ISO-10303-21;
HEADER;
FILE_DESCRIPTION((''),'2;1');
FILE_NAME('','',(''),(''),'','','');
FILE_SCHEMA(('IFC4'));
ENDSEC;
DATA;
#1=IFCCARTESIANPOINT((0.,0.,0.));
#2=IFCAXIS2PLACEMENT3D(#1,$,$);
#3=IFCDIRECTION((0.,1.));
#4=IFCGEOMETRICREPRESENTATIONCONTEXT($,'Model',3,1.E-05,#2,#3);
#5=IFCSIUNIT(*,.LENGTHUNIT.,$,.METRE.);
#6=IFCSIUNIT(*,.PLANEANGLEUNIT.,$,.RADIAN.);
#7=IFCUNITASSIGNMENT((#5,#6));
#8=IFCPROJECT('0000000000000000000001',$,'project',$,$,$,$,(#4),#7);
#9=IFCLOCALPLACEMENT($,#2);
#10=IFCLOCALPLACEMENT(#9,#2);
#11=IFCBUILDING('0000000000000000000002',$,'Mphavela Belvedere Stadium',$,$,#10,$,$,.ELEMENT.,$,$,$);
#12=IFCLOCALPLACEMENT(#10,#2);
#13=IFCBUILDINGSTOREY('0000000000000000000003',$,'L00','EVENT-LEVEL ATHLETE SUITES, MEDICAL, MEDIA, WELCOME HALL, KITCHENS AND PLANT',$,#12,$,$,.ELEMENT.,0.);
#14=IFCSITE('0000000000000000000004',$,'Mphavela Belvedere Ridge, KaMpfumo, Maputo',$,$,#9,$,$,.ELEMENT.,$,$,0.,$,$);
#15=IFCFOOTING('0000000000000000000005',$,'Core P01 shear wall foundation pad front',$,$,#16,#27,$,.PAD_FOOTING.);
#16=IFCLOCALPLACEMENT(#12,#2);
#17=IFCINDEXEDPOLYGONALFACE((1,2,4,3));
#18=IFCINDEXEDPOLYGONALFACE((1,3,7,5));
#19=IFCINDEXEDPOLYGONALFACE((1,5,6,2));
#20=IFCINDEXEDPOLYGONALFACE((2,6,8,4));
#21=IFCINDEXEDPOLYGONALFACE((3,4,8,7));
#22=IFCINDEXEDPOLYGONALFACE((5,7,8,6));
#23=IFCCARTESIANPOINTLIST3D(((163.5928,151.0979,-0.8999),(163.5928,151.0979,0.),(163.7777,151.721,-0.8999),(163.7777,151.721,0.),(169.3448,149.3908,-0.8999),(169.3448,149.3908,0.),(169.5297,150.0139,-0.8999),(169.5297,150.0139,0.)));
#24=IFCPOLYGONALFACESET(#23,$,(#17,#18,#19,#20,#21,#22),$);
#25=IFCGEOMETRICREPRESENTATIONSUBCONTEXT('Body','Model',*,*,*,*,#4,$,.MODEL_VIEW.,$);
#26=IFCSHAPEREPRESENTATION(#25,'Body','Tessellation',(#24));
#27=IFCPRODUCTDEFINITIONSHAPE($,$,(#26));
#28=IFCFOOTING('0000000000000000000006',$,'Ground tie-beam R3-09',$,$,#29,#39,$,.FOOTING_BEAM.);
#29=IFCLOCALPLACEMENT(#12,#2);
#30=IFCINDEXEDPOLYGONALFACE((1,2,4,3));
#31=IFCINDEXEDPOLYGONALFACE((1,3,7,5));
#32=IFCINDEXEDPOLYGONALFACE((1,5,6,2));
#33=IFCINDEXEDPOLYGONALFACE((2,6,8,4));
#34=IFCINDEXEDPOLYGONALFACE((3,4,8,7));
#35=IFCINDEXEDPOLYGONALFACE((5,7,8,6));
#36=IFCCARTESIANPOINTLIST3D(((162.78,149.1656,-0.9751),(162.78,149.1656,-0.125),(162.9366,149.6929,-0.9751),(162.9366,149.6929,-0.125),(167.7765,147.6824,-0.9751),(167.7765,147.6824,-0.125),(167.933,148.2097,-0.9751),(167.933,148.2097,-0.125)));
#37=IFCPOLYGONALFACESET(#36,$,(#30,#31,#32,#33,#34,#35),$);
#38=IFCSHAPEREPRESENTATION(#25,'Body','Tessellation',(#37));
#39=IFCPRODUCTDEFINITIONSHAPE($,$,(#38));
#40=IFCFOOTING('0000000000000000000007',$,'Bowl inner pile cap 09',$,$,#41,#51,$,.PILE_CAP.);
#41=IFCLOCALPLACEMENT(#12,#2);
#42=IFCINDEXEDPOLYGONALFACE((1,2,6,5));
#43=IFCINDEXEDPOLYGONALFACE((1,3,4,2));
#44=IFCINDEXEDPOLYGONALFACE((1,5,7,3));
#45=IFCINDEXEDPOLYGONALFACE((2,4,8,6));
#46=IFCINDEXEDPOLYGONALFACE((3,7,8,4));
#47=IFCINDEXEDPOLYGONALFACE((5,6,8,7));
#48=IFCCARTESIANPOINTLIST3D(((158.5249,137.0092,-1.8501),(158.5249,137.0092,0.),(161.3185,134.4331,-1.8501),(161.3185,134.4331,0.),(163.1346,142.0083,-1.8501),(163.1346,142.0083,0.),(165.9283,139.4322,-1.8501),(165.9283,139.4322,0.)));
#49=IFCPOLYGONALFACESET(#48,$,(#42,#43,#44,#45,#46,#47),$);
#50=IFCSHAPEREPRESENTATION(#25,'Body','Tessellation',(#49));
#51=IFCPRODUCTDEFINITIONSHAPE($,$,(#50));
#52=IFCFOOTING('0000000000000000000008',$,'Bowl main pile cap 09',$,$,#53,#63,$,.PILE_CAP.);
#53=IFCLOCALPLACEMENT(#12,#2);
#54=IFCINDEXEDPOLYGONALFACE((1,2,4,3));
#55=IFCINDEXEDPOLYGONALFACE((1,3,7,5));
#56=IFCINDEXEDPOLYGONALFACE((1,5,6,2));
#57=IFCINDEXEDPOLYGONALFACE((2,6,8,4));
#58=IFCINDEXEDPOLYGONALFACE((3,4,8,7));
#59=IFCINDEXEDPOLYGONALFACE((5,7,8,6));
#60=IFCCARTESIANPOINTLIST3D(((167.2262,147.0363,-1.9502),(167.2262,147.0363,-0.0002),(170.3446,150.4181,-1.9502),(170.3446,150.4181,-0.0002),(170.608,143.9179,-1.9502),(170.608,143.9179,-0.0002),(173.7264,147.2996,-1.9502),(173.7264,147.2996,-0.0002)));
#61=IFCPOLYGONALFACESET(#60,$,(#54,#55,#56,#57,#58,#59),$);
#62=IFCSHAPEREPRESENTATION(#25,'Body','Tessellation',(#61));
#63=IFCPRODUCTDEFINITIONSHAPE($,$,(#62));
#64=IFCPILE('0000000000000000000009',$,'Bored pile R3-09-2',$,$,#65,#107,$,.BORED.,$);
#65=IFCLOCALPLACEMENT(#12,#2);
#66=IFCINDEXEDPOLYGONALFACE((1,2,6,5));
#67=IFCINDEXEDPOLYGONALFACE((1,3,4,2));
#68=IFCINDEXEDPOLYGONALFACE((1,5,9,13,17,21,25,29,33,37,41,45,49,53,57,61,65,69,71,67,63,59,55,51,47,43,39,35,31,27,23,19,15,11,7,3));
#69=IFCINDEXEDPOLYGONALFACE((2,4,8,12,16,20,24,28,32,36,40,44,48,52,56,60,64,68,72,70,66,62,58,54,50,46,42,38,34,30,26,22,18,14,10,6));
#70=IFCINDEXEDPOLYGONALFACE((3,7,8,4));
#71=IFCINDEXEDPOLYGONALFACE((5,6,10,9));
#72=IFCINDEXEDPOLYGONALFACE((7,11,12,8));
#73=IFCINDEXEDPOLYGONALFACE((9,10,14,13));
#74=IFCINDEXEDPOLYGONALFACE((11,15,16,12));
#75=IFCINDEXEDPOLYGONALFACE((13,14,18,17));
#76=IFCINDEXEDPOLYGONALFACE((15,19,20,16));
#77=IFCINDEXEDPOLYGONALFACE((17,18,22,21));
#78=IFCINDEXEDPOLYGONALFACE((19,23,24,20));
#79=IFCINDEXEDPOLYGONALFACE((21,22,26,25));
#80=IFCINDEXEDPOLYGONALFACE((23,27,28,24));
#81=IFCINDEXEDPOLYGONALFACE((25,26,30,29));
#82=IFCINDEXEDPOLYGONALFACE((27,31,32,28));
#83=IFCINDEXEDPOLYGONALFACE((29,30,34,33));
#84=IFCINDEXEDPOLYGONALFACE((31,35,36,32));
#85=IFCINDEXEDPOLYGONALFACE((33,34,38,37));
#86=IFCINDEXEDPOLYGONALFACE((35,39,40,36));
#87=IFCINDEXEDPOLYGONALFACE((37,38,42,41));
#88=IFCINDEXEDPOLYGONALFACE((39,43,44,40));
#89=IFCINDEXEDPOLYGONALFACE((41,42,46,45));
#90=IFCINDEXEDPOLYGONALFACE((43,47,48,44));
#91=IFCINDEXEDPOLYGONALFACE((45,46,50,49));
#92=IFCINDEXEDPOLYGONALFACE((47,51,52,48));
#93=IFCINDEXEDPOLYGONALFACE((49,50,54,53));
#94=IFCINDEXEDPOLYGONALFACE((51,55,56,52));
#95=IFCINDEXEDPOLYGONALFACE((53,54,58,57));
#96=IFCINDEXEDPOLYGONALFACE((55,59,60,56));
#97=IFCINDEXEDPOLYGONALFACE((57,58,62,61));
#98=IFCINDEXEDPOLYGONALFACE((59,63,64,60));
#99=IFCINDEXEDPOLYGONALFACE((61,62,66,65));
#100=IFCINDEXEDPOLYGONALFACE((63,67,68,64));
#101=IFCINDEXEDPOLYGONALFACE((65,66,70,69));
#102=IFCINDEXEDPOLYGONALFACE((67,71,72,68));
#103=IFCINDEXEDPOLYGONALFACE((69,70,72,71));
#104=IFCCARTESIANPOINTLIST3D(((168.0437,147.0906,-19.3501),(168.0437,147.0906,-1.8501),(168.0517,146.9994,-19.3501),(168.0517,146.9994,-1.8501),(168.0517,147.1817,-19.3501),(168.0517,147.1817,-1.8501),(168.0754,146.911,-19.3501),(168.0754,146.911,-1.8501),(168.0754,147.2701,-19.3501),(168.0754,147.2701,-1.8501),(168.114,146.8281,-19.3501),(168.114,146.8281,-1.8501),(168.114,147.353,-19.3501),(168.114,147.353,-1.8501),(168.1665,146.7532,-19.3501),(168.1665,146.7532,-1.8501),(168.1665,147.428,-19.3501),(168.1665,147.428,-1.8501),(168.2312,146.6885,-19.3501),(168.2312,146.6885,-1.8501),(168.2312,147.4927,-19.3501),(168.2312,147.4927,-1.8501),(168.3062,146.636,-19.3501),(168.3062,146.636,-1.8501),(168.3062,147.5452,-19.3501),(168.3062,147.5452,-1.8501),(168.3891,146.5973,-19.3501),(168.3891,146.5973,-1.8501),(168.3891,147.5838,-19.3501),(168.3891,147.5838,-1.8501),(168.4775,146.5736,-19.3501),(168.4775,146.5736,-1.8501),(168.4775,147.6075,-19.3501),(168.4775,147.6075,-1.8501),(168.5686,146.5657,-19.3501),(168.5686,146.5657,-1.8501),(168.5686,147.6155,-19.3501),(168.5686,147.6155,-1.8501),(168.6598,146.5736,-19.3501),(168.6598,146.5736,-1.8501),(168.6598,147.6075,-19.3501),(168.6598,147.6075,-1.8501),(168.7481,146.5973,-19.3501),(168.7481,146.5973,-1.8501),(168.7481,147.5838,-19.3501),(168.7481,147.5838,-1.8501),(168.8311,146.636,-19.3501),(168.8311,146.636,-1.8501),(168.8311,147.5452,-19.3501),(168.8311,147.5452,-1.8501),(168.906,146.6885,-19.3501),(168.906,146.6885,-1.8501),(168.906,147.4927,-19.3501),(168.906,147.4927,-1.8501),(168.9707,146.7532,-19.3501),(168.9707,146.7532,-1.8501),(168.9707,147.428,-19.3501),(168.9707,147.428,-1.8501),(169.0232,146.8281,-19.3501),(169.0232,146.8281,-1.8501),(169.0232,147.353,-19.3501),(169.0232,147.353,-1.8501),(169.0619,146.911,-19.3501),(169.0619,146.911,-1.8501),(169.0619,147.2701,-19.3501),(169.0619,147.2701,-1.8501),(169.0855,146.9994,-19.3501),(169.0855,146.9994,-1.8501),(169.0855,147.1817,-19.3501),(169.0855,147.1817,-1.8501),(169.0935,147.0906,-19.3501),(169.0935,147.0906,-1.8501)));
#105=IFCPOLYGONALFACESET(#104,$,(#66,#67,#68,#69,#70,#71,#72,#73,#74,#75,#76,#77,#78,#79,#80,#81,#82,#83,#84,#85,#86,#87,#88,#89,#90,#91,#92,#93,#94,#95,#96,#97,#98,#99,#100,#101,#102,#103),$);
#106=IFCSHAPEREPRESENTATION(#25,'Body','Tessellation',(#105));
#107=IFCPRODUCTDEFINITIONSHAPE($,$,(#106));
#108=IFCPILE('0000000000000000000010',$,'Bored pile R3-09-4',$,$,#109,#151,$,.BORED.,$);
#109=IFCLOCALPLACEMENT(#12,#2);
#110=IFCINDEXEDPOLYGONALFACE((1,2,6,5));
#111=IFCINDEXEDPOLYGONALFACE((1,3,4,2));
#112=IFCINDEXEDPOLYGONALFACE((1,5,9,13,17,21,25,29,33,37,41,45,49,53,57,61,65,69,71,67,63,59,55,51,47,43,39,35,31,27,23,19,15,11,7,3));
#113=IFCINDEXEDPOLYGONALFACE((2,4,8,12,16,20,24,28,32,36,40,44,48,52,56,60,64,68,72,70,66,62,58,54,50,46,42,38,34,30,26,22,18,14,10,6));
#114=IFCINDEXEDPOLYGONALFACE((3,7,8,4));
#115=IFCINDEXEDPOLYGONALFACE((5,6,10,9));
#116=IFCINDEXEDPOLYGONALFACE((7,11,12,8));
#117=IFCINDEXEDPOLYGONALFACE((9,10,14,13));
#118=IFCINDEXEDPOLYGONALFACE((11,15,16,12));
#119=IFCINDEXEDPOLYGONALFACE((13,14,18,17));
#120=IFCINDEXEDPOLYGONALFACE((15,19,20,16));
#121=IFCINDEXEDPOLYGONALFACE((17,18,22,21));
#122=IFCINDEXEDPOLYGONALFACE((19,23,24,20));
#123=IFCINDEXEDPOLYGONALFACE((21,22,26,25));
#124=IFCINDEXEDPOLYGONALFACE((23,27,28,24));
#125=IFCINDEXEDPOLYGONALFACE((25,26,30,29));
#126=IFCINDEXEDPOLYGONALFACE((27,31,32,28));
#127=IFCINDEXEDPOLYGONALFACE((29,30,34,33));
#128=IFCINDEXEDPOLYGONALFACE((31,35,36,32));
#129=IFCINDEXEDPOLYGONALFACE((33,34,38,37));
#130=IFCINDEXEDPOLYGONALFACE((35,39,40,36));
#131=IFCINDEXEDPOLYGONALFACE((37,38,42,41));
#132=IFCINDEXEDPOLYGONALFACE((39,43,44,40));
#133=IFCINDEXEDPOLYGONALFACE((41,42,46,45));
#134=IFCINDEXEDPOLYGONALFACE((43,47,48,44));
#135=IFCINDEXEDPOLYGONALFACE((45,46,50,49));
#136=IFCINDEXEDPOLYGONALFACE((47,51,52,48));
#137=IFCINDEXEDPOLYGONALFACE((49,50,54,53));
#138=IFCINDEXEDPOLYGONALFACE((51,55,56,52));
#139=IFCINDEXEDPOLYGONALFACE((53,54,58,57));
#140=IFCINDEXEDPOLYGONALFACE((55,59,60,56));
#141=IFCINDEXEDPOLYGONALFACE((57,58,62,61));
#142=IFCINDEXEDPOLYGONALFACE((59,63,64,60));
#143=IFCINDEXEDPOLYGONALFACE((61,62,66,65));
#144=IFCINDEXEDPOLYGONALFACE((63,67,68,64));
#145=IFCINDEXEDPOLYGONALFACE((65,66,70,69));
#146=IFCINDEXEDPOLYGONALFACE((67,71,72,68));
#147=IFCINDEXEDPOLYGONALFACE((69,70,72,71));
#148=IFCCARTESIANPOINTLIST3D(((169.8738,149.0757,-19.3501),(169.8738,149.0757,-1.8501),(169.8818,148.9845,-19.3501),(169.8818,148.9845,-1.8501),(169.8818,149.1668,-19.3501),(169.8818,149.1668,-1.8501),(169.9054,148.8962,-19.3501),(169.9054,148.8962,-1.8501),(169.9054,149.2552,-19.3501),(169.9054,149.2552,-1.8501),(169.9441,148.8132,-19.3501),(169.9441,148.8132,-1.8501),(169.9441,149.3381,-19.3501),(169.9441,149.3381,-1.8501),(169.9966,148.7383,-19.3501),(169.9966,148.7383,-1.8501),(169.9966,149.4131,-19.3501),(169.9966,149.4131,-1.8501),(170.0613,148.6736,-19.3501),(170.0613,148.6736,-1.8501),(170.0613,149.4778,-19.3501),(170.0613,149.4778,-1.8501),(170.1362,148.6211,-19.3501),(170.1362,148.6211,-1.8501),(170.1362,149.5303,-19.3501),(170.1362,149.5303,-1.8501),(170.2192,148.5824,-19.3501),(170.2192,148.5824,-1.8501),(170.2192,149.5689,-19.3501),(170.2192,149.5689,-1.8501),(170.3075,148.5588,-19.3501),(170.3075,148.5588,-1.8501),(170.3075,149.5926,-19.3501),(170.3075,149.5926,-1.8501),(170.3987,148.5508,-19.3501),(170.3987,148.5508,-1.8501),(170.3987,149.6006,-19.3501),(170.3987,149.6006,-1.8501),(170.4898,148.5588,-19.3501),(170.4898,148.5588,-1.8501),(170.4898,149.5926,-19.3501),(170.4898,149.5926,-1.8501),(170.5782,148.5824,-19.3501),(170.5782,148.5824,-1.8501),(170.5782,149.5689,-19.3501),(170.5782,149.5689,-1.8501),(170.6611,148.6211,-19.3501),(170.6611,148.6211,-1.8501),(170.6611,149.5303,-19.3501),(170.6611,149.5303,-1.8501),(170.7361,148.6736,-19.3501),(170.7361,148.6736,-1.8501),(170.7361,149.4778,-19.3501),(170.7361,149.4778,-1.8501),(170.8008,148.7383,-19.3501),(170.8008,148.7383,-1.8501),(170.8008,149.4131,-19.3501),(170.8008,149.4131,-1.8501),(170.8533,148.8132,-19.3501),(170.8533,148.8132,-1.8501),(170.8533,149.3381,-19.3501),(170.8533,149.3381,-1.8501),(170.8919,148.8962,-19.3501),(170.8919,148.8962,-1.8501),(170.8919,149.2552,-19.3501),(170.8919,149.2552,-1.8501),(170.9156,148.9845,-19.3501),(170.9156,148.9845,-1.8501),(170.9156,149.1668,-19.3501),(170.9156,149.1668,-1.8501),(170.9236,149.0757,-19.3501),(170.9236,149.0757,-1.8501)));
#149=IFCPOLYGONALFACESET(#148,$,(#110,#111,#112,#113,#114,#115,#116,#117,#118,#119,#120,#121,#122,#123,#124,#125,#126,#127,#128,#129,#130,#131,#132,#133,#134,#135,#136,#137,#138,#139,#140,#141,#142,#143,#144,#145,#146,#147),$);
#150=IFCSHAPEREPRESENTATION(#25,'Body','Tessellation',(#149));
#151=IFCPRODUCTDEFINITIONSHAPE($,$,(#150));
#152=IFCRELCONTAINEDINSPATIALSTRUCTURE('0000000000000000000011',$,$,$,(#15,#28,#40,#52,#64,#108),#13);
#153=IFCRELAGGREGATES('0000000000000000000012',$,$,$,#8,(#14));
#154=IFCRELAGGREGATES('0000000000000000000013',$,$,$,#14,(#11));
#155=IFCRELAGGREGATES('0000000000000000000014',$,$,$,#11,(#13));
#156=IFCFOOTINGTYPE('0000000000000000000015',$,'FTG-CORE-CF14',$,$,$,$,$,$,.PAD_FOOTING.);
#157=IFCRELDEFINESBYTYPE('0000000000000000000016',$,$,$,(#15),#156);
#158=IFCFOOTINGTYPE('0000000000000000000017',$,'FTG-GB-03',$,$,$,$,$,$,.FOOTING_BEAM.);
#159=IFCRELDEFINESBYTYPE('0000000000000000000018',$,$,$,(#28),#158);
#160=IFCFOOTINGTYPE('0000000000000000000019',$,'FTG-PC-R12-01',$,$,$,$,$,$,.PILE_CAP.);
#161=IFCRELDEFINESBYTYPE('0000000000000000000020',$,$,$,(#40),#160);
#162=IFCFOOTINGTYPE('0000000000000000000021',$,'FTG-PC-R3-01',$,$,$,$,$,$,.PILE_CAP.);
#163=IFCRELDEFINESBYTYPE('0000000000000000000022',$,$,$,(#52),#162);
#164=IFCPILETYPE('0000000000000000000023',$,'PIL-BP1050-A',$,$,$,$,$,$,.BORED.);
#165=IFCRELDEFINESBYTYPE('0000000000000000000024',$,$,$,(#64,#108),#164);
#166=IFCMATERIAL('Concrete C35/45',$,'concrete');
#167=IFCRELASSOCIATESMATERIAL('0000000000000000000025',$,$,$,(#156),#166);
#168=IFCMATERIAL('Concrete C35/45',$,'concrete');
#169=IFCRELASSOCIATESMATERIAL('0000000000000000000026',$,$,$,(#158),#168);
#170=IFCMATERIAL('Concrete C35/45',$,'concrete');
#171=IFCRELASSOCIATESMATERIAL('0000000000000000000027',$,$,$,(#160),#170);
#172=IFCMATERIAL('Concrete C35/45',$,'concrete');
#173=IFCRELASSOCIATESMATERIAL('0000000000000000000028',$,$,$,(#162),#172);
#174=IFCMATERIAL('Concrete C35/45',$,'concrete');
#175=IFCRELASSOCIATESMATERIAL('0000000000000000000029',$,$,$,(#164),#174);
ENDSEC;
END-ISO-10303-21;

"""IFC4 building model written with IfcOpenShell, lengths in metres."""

from ifc_helpers import new_model, si_unit, direction, frame, origin, origin_2d, place, context, subcontext, project, spatial, rectangle, circle, extrude, material, material_profile, profile_set, type_object, element, save


model = new_model("IFC4")

# Units and contexts
model_context = context("Model", 3, precision=1e-05, world=origin(), true_north=direction((0.0, 1.0)))
body_context = subcontext(model_context, "Body", "Model", "MODEL_VIEW")
ifc_project = project(units=[si_unit("LENGTHUNIT", "METRE"), si_unit("PLANEANGLEUNIT", "RADIAN")], contexts=[model_context])

# Site, building, storey
site_placement = place(None, origin())
site = spatial("IfcSite", under=ifc_project, at=site_placement, Name="Mphavela Belvedere Ridge, KaMpfumo, Maputo", CompositionType="ELEMENT", RefElevation=0.0)
building_placement = place(site_placement, origin())
building = spatial("IfcBuilding", under=site, at=building_placement, Name="Mphavela Belvedere Stadium", CompositionType="ELEMENT")
storey_placement = place(building_placement, origin())
storey = spatial("IfcBuildingStorey", under=building, at=storey_placement, Name="L00", Description="EVENT-LEVEL ATHLETE SUITES, MEDICAL, MEDIA, WELCOME HALL, KITCHENS AND PLANT", CompositionType="ELEMENT", Elevation=0.0)

# Footings
ifc_material_1 = material(Name="Concrete C35/45", Category="concrete")
footing_type_1 = type_object("IfcFootingType", Name="FTG-CORE-CF14", PredefinedType="PAD_FOOTING", material=ifc_material_1)
footing_1_placement = place(storey_placement, frame((166.5613, 150.5559, -0.8999), z_axis=(0.0, 0.0, 1.0), x_axis=(0.958671, -0.284517, 0.0)))
element("IfcFooting", 1, at=footing_1_placement, inside=storey, type_object=footing_type_1, Name="Core P01 shear wall foundation pad front", PredefinedType="PAD_FOOTING", context=body_context, shape_type="SweptSolid", body=[
    extrude(rectangle(XDim=6.0, YDim=0.6499, at=origin_2d()), origin(), (0.0, 0.0, 1.0), 0.8999),
])
ifc_material_2 = material(Name="Concrete C35/45", Category="concrete")
ifc_material_profile_1 = material_profile(ifc_material_2, rectangle(XDim=0.55, YDim=0.8501, at=origin_2d()), Name="GB 550x850")
ifc_profile_set_1 = profile_set([ifc_material_profile_1], Name="Concrete C35/45")
footing_type_2 = type_object("IfcFootingType", Name="FTG-GB-03", PredefinedType="FOOTING_BEAM", material=ifc_profile_set_1)
footing_2_placement = place(storey_placement, frame((167.8547, 147.946, -0.55), z_axis=(-0.958654, 0.284575, 0.0), x_axis=(-0.284575, -0.958654, 0.0)))
element("IfcFooting", 2, at=footing_2_placement, inside=storey, type_object=footing_type_2, Name="Ground tie-beam R3-09", PredefinedType="FOOTING_BEAM", context=body_context, shape_type="SweptSolid", body=[
    extrude(rectangle(XDim=0.55, YDim=0.8501, at=origin_2d()), origin(), (0.0, 0.0, 1.0), 5.2119),
])
ifc_material_3 = material(Name="Concrete C35/45", Category="concrete")
footing_type_3 = type_object("IfcFootingType", Name="FTG-PC-R12-01", PredefinedType="PILE_CAP", material=ifc_material_3)
footing_3_placement = place(storey_placement, frame((162.2266, 138.2207, -1.8501), z_axis=(0.0, 0.0, 1.0), x_axis=(0.677903, 0.735151, 0.0)))
element("IfcFooting", 3, at=footing_3_placement, inside=storey, type_object=footing_type_3, Name="Bowl inner pile cap 09", PredefinedType="PILE_CAP", context=body_context, shape_type="SweptSolid", body=[
    extrude(rectangle(XDim=6.8, YDim=3.8, at=origin_2d()), origin(), (0.0, 0.0, 1.0), 1.8501),
])
ifc_material_4 = material(Name="Concrete C35/45", Category="concrete")
footing_type_4 = type_object("IfcFootingType", Name="FTG-PC-R3-01", PredefinedType="PILE_CAP", material=ifc_material_4)
footing_4_placement = place(storey_placement, frame((170.4763, 147.168, -1.9502), z_axis=(0.0, 0.0, 1.0), x_axis=(0.677903, 0.735151, 0.0)))
element("IfcFooting", 4, at=footing_4_placement, inside=storey, type_object=footing_type_4, Name="Bowl main pile cap 09", PredefinedType="PILE_CAP", context=body_context, shape_type="SweptSolid", body=[
    extrude(rectangle(XDim=4.6001, YDim=4.6001, at=origin_2d()), origin(), (0.0, 0.0, 1.0), 1.95),
])

# Piles
ifc_material_5 = material(Name="Concrete C35/45", Category="concrete")
ifc_material_profile_2 = material_profile(ifc_material_5, circle(Radius=0.5249, at=origin_2d()), Name="BP D1050")
ifc_profile_set_2 = profile_set([ifc_material_profile_2], Name="Concrete C35/45")
pile_type_1 = type_object("IfcPileType", Name="PIL-BP1050-A", PredefinedType="BORED", material=ifc_profile_set_2)
for number, where, z_axis, x_axis, name in (
    (5, (168.5686, 147.0906, -1.8501), (0.0, 0.0, -1.0), (1.0, 0.0, 0.0), "Bored pile R3-09-2"),
    (6, (170.3987, 149.0757, -1.8501), (0.0, 0.0, -1.0), (1.0, 0.0, 0.0), "Bored pile R3-09-4"),
):
    element("IfcPile", number, at=place(storey_placement, frame(where, z_axis=z_axis, x_axis=x_axis)), inside=storey, type_object=pile_type_1, Name=name, PredefinedType="BORED", context=body_context, shape_type="SweptSolid", body=[
        extrude(circle(Radius=0.5249, at=origin_2d()), origin(), (0.0, 0.0, 1.0), 17.5),
    ])

save(model, "model.ifc")
